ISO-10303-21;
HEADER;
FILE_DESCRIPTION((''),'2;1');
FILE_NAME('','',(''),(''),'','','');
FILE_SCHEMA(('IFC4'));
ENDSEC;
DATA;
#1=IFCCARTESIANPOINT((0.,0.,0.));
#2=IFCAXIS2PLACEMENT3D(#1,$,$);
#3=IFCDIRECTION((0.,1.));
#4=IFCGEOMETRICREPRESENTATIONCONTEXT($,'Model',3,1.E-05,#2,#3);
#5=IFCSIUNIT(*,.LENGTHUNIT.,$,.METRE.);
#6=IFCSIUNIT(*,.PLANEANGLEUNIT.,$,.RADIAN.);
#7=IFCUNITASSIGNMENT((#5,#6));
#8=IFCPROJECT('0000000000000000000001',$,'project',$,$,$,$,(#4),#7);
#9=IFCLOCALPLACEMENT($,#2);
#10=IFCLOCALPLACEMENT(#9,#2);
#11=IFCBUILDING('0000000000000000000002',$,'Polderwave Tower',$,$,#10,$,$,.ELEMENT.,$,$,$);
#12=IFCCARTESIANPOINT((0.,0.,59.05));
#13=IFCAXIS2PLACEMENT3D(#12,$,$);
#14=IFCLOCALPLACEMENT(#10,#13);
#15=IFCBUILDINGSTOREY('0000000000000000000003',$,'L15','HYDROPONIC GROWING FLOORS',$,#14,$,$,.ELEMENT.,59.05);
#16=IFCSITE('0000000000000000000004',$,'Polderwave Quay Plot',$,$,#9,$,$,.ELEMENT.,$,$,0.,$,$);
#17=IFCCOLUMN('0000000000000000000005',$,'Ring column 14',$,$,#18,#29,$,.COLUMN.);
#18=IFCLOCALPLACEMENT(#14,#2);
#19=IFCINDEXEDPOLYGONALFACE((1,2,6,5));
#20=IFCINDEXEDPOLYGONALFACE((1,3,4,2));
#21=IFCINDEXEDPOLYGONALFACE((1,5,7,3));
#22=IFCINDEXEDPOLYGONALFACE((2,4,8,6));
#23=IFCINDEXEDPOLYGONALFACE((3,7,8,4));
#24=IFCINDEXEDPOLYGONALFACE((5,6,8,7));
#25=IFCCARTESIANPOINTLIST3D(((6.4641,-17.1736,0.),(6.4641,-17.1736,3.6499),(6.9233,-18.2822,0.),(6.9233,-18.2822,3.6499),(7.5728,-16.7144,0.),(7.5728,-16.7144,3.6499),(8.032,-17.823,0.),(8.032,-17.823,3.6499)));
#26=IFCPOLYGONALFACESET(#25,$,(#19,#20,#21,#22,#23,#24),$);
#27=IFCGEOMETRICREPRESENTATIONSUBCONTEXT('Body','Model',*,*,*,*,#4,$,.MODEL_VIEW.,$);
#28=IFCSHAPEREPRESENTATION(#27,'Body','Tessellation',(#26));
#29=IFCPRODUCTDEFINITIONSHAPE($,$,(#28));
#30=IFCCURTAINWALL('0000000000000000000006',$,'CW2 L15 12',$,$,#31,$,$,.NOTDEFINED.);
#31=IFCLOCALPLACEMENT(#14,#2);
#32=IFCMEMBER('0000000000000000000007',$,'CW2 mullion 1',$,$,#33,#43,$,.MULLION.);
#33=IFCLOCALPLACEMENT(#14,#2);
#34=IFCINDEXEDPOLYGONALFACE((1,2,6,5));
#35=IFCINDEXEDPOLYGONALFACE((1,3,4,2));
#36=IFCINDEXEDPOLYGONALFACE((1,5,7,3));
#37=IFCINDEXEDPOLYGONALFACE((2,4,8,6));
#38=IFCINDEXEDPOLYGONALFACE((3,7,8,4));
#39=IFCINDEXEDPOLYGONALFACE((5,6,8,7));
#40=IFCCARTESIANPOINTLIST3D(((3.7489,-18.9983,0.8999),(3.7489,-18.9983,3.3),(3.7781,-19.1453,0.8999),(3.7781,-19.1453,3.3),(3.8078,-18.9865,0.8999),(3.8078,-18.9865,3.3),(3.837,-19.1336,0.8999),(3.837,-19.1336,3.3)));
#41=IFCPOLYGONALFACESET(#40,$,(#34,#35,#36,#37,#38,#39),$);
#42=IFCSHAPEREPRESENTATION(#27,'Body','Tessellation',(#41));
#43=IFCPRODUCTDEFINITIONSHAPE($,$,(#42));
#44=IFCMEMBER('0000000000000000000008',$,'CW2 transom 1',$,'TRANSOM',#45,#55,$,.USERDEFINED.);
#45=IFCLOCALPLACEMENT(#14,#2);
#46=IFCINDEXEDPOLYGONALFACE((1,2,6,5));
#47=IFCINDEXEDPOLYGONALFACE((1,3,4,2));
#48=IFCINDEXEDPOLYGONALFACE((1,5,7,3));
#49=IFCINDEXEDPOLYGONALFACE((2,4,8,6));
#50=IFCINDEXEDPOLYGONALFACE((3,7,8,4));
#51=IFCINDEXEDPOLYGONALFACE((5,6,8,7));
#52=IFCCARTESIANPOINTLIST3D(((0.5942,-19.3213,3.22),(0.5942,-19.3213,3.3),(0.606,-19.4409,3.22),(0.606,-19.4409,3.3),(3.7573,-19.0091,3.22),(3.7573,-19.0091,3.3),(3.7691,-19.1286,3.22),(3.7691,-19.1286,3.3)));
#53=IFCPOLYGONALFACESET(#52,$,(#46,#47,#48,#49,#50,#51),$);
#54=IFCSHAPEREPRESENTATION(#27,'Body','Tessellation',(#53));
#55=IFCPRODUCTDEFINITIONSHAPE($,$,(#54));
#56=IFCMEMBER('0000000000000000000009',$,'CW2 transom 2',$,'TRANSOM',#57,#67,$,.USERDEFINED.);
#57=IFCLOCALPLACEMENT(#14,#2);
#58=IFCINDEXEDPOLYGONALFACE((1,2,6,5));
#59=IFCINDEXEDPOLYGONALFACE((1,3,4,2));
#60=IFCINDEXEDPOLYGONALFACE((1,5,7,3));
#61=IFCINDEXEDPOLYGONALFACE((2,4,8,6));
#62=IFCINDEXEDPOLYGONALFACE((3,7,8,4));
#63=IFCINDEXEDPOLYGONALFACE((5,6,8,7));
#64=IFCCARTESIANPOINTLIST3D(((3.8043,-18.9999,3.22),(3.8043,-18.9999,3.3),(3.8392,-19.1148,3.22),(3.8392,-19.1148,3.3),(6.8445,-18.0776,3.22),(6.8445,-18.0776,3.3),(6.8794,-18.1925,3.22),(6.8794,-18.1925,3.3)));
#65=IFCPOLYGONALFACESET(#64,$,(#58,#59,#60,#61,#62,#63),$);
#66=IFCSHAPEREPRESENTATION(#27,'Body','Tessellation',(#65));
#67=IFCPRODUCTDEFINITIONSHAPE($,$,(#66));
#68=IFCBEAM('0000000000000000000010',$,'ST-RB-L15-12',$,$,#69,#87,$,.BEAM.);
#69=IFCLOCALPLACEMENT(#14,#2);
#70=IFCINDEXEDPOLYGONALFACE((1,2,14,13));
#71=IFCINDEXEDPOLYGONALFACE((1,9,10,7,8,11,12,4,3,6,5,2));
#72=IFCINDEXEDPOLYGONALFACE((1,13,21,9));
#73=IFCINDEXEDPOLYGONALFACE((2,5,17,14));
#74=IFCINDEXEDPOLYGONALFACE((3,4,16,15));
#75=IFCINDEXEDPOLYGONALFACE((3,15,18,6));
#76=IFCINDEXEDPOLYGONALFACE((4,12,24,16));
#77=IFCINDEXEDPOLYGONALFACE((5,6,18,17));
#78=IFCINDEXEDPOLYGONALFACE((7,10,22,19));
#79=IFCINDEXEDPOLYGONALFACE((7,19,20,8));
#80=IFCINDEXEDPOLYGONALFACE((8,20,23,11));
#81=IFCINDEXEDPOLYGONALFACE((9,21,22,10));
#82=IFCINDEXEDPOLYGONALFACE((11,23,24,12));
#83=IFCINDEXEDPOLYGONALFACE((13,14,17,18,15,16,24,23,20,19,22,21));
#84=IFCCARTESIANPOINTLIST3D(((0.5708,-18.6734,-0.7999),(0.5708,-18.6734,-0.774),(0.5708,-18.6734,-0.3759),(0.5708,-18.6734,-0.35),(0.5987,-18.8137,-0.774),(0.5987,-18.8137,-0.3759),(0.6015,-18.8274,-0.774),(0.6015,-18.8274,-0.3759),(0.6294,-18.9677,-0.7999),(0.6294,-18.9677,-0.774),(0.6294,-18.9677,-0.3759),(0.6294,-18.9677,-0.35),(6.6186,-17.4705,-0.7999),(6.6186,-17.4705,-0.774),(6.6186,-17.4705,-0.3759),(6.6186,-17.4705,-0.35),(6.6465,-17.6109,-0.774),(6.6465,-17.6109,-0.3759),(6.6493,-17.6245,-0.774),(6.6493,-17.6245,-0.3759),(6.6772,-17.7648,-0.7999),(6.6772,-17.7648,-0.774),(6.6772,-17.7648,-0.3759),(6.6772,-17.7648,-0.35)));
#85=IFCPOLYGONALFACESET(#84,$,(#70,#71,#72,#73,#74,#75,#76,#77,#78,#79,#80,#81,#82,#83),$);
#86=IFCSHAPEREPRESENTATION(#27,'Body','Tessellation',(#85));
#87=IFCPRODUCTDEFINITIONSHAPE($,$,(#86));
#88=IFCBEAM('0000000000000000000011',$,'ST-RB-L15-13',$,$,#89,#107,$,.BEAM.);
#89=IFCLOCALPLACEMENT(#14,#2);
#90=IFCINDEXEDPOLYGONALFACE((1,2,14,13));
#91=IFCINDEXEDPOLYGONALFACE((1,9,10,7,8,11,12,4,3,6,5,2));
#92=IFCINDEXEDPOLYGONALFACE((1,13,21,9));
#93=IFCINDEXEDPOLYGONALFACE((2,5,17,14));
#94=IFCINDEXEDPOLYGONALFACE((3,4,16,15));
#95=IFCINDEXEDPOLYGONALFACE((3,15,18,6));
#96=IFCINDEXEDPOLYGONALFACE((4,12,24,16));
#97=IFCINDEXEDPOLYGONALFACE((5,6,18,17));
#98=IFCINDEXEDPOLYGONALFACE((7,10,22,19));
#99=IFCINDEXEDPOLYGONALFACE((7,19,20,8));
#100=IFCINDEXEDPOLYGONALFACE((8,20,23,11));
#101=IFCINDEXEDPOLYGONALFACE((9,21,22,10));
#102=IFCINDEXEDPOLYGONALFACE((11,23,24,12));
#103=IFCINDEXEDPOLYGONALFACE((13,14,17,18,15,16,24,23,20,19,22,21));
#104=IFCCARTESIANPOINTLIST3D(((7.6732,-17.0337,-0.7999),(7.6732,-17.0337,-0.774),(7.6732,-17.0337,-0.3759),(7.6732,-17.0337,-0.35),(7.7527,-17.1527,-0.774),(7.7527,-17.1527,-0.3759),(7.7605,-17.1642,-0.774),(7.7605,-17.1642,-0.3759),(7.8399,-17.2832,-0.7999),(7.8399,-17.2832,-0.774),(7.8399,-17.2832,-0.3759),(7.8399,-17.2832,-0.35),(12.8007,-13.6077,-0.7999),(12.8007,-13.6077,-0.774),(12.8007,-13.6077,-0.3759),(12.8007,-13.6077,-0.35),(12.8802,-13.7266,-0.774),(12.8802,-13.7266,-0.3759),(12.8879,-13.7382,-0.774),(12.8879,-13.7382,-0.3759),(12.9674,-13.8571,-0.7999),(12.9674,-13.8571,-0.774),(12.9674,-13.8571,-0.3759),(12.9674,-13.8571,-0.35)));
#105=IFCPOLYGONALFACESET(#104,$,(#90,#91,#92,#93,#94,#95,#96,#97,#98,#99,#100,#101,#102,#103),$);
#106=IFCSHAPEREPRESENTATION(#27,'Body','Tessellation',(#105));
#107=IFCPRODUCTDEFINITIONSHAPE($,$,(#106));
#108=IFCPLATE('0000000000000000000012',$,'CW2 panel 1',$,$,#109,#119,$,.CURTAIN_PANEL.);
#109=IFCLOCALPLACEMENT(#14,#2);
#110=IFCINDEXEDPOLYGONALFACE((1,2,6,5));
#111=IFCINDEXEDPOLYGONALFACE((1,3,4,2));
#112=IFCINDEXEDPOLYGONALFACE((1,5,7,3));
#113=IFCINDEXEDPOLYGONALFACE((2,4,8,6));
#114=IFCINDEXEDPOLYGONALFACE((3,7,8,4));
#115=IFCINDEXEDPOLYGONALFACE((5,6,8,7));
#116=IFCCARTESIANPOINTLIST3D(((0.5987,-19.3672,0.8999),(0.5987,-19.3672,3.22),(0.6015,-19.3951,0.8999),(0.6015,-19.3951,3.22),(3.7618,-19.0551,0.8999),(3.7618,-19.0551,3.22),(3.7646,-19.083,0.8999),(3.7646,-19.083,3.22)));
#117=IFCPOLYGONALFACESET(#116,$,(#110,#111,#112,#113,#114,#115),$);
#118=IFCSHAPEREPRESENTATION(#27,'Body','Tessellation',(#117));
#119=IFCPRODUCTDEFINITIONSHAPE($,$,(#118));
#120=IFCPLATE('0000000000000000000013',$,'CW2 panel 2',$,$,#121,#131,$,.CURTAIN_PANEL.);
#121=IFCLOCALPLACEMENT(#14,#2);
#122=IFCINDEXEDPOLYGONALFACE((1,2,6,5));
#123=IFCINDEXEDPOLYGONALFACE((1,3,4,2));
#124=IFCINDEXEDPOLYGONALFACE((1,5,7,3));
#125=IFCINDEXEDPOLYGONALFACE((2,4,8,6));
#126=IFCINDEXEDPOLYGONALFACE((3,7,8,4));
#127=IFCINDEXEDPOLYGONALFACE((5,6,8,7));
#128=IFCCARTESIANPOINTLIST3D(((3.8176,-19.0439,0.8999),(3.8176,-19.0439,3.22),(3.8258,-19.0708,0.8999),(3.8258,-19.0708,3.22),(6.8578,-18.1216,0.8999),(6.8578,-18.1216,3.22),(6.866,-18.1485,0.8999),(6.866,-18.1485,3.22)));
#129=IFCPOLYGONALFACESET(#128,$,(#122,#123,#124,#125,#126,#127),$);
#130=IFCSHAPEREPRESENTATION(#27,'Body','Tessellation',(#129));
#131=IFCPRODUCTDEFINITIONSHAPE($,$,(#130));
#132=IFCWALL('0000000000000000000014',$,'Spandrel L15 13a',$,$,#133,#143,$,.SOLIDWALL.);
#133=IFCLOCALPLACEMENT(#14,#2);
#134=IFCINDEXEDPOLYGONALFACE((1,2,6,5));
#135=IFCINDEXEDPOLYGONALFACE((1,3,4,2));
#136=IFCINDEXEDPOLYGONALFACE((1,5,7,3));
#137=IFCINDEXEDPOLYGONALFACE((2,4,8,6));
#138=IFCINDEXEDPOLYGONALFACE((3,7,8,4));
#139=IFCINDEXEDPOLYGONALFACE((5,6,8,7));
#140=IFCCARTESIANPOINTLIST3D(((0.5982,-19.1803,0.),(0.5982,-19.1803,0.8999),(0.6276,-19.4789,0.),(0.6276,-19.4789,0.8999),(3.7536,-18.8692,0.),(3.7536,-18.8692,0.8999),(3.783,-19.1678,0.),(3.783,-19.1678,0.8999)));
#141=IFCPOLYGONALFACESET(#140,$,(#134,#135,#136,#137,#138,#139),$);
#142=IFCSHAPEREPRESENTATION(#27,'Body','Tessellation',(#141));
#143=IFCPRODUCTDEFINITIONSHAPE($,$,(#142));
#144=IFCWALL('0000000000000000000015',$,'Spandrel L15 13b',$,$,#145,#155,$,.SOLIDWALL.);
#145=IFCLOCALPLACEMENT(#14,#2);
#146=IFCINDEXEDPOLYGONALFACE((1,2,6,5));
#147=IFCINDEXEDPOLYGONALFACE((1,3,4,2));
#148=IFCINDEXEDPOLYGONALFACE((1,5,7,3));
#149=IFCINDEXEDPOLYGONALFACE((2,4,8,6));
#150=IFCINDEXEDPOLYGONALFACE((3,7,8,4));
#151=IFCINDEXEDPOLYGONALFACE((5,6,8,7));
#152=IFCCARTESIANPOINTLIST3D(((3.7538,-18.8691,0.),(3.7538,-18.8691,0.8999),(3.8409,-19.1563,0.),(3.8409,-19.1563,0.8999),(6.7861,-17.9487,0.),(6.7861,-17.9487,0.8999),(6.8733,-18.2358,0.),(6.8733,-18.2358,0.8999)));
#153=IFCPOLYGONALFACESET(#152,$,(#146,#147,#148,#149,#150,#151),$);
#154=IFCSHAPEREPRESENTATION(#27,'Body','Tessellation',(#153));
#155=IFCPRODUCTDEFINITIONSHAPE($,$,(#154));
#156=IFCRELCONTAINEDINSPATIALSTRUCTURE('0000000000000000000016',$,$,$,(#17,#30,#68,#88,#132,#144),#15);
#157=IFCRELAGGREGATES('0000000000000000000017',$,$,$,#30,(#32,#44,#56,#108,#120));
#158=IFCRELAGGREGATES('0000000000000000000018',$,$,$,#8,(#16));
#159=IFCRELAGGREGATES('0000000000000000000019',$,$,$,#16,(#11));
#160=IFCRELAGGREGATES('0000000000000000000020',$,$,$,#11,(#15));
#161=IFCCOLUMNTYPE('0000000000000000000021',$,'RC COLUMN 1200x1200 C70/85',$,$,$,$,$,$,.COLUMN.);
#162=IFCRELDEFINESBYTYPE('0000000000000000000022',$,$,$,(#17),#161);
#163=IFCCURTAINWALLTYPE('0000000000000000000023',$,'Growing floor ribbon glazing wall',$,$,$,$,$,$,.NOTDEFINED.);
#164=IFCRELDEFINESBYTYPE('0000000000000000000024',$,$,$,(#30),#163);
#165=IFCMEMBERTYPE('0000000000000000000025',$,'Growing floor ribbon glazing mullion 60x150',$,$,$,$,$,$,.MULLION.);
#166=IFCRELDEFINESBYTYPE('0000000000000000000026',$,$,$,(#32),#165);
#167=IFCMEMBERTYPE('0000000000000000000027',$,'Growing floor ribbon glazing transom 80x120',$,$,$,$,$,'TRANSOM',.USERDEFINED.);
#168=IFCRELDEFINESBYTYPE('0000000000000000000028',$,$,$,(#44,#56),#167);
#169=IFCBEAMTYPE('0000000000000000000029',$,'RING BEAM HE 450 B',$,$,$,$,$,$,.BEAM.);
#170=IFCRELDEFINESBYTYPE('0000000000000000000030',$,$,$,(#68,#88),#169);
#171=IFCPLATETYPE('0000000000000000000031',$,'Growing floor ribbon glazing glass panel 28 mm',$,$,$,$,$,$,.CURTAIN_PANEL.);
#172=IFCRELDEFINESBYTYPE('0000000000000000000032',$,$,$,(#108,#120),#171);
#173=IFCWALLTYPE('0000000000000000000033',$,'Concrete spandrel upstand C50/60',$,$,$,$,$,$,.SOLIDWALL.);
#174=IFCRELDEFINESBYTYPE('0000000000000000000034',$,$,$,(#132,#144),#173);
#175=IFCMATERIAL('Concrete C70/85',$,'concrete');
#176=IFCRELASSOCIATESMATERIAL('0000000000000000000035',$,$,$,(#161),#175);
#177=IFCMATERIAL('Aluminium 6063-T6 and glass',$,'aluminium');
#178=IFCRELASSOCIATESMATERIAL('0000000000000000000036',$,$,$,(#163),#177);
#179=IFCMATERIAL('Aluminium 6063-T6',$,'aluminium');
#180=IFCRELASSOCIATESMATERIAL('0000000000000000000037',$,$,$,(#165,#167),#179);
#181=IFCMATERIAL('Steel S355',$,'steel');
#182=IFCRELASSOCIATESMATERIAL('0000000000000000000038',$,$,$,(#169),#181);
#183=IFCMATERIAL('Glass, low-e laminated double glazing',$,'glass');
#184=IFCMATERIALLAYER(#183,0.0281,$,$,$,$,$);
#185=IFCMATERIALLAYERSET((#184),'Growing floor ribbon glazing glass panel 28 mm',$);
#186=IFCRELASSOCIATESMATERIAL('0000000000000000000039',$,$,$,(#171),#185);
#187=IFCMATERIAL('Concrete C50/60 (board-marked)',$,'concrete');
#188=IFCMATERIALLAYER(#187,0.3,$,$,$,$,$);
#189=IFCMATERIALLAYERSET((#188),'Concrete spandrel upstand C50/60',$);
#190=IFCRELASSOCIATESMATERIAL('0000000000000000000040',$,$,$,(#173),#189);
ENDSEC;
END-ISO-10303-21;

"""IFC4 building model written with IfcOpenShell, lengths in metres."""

from ifc_helpers import new_model, si_unit, direction, frame, frame_2d, origin, origin_2d, place, context, subcontext, project, spatial, rectangle, i_section, extrude, material, layer, layer_set, material_profile, profile_set, type_object, element, aggregate, save


model = new_model("IFC4")

# Units and contexts
model_context = context("Model", 3, precision=1e-05, world=origin(), true_north=direction((0.0, 1.0)))
body_context = subcontext(model_context, "Body", "Model", "MODEL_VIEW")
ifc_project = project(units=[si_unit("LENGTHUNIT", "METRE"), si_unit("PLANEANGLEUNIT", "RADIAN")], contexts=[model_context])

# Site, building, storey
site_placement = place(None, origin())
site = spatial("IfcSite", under=ifc_project, at=site_placement, Name="Polderwave Quay Plot", CompositionType="ELEMENT", RefElevation=0.0)
building_placement = place(site_placement, origin())
building = spatial("IfcBuilding", under=site, at=building_placement, Name="Polderwave Tower", CompositionType="ELEMENT")
storey_placement = place(building_placement, frame((0.0, 0.0, 59.05)))
storey = spatial("IfcBuildingStorey", under=building, at=storey_placement, Name="L15", Description="HYDROPONIC GROWING FLOORS", CompositionType="ELEMENT", Elevation=59.05)

# Column
ifc_material_1 = material(Name="Concrete C70/85", Category="concrete")
ifc_material_profile_1 = material_profile(ifc_material_1, rectangle(XDim=1.2, YDim=1.2, at=origin_2d()), Name="RC 1200x1200")
ifc_profile_set_1 = profile_set([ifc_material_profile_1], Name="Concrete C70/85")
column_type = type_object("IfcColumnType", Name="RC COLUMN 1200x1200 C70/85", PredefinedType="COLUMN", material=ifc_profile_set_1)
column_placement = place(storey_placement, frame((7.248, -17.4983, 0.0), z_axis=(0.0, 0.0, 1.0), x_axis=(0.382683, -0.92388, 0.0)))
element("IfcColumn", 1, at=column_placement, inside=storey, type_object=column_type, Name="Ring column 14", PredefinedType="COLUMN", context=body_context, shape_type="SweptSolid", body=[
    extrude(rectangle(XDim=1.2, YDim=1.2, at=origin_2d()), origin(), (0.0, 0.0, 1.0), 3.6499),
])

# Curtain wall, members
ifc_material_2 = material(Name="Aluminium 6063-T6 and glass", Category="aluminium")
curtain_wall_type = type_object("IfcCurtainWallType", Name="Growing floor ribbon glazing wall", PredefinedType="NOTDEFINED", material=ifc_material_2)
curtain_wall_placement = place(storey_placement, origin())
curtain_wall = element("IfcCurtainWall", 2, at=curtain_wall_placement, inside=storey, type_object=curtain_wall_type, Name="CW2 L15 12", PredefinedType="NOTDEFINED")
ifc_material_3 = material(Name="Aluminium 6063-T6", Category="aluminium")
ifc_material_profile_2 = material_profile(ifc_material_3, rectangle(XDim=0.1499, YDim=0.0601, at=origin_2d()), Name="AL 60x150")
ifc_profile_set_2 = profile_set([ifc_material_profile_2], Name="Aluminium 6063-T6")
member_type_1 = type_object("IfcMemberType", Name="Growing floor ribbon glazing mullion 60x150", PredefinedType="MULLION", material=ifc_profile_set_2)
member_1_placement = place(storey_placement, frame((3.793, -19.0659, 0.8999), z_axis=(0.0, 0.0, 1.0), x_axis=(-0.195172, 0.980769, 0.0)))
member_1 = element("IfcMember", 3, at=member_1_placement, type_object=member_type_1, Name="CW2 mullion 1", PredefinedType="MULLION", context=body_context, shape_type="SweptSolid", body=[
    extrude(rectangle(XDim=0.1499, YDim=0.0601, at=origin_2d()), origin(), (0.0, 0.0, 1.0), 2.4001),
])
ifc_material_profile_3 = material_profile(ifc_material_3, rectangle(XDim=0.1201, YDim=0.0801, at=origin_2d()), Name="AL 80x120")
ifc_profile_set_3 = profile_set([ifc_material_profile_3], Name="Aluminium 6063-T6")
member_type_2 = type_object("IfcMemberType", Name="Growing floor ribbon glazing transom 80x120", ElementType="TRANSOM", PredefinedType="USERDEFINED", material=ifc_profile_set_3)
member_2_placement = place(storey_placement, frame((0.6001, -19.3811, 3.26), z_axis=(0.995163, 0.098241, 0.0), x_axis=(-0.098241, 0.995163, 0.0)))
member_2 = element("IfcMember", 4, at=member_2_placement, type_object=member_type_2, Name="CW2 transom 1", ObjectType="TRANSOM", PredefinedType="USERDEFINED", context=body_context, shape_type="SweptSolid", body=[
    extrude(rectangle(XDim=0.1201, YDim=0.0801, at=origin_2d()), origin(), (0.0, 0.0, 1.0), 3.1785),
])
member_3_placement = place(storey_placement, frame((3.8218, -19.0574, 3.26), z_axis=(0.956931, 0.290314, 0.0), x_axis=(-0.290314, 0.956931, 0.0)))
member_3 = element("IfcMember", 5, at=member_3_placement, type_object=member_type_2, Name="CW2 transom 2", ObjectType="TRANSOM", PredefinedType="USERDEFINED", context=body_context, shape_type="SweptSolid", body=[
    extrude(rectangle(XDim=0.1201, YDim=0.0801, at=origin_2d()), origin(), (0.0, 0.0, 1.0), 3.177),
])

# Beams
ifc_material_4 = material(Name="Steel S355", Category="steel")
ifc_material_profile_4 = material_profile(ifc_material_4, i_section(OverallWidth=0.3, OverallDepth=0.45, WebThickness=0.0139, FlangeThickness=0.0259, at=origin_2d()), Name="HE 450 B")
ifc_profile_set_4 = profile_set([ifc_material_profile_4], Name="Steel S355")
beam_type = type_object("IfcBeamType", Name="RING BEAM HE 450 B", PredefinedType="BEAM", material=ifc_profile_set_4)
beam_1_placement = place(storey_placement, frame((0.6001, -18.8206, -0.575), z_axis=(0.980789, 0.195073, 0.0), x_axis=(-0.195073, 0.980789, 0.0)))
element("IfcBeam", 6, at=beam_1_placement, inside=storey, type_object=beam_type, Name="ST-RB-L15-12", PredefinedType="BEAM", context=body_context, shape_type="SweptSolid", body=[
    extrude(i_section(OverallWidth=0.3, OverallDepth=0.45, WebThickness=0.0139, FlangeThickness=0.0259, at=origin_2d()), origin(), (0.0, 0.0, 1.0), 6.1663),
])
beam_2_placement = place(storey_placement, frame((7.7566, -17.1584, -0.575), z_axis=(0.831471, 0.555568, 0.0), x_axis=(-0.555568, 0.831471, 0.0)))
element("IfcBeam", 7, at=beam_2_placement, inside=storey, type_object=beam_type, Name="ST-RB-L15-13", PredefinedType="BEAM", context=body_context, shape_type="SweptSolid", body=[
    extrude(i_section(OverallWidth=0.3, OverallDepth=0.45, WebThickness=0.0139, FlangeThickness=0.0259, at=origin_2d()), origin(), (0.0, 0.0, 1.0), 6.1667),
])

# Plates
ifc_material_5 = material(Name="Glass, low-e laminated double glazing", Category="glass")
ifc_layer_1 = layer(ifc_material_5, 0.0281)
ifc_layer_set_1 = layer_set([ifc_layer_1], Name="Growing floor ribbon glazing glass panel 28 mm")
plate_type = type_object("IfcPlateType", Name="Growing floor ribbon glazing glass panel 28 mm", PredefinedType="CURTAIN_PANEL", material=ifc_layer_set_1)
plate_1_placement = place(storey_placement, frame((2.1816, -19.2251, 0.8999), z_axis=(0.0, 0.0, 1.0), x_axis=(0.995169, 0.098177, 0.0)))
plate_1 = element("IfcPlate", 8, at=plate_1_placement, type_object=plate_type, Name="CW2 panel 1", PredefinedType="CURTAIN_PANEL", context=body_context, shape_type="SweptSolid", body=[
    extrude(rectangle(XDim=3.1785, YDim=0.0281, at=origin_2d()), origin(), (0.0, 0.0, 1.0), 2.3201),
])
plate_2_placement = place(storey_placement, frame((5.3418, -18.5962, 0.8999), z_axis=(0.0, 0.0, 1.0), x_axis=(0.956938, 0.290293, 0.0)))
plate_2 = element("IfcPlate", 9, at=plate_2_placement, type_object=plate_type, Name="CW2 panel 2", PredefinedType="CURTAIN_PANEL", context=body_context, shape_type="SweptSolid", body=[
    extrude(rectangle(XDim=3.177, YDim=0.0281, at=origin_2d()), origin(), (0.0, 0.0, 1.0), 2.3201),
])
aggregate(curtain_wall, [member_1, member_2, member_3, plate_1, plate_2])

# Walls
ifc_material_6 = material(Name="Concrete C50/60 (board-marked)", Category="concrete")
ifc_layer_2 = layer(ifc_material_6, 0.3)
ifc_layer_set_2 = layer_set([ifc_layer_2], Name="Concrete spandrel upstand C50/60")
wall_type_1 = type_object("IfcWallType", Name="Concrete spandrel upstand C50/60", PredefinedType="SOLIDWALL", material=ifc_layer_set_2)
wall_1_placement = place(storey_placement, frame((0.6128, -19.3296, 0.0), z_axis=(0.0, 0.0, 1.0), x_axis=(0.995176, 0.098101, 0.0)))
element("IfcWall", 10, at=wall_1_placement, inside=storey, type_object=wall_type_1, Name="Spandrel L15 13a", PredefinedType="SOLIDWALL", context=body_context, shape_type="SweptSolid", body=[
    extrude(rectangle(XDim=3.1707, YDim=0.3, at=frame_2d((1.5854, 0.0))), origin(), (0.0, 0.0, 1.0), 0.8999),
])
wall_2_placement = place(storey_placement, frame((3.7974, -19.0127, 0.0), z_axis=(0.0, 0.0, 1.0), x_axis=(0.956888, 0.290456, 0.0)))
element("IfcWall", 11, at=wall_2_placement, inside=storey, type_object=wall_type_1, Name="Spandrel L15 13b", PredefinedType="SOLIDWALL", context=body_context, shape_type="SweptSolid", body=[
    extrude(rectangle(XDim=3.1689, YDim=0.3, at=frame_2d((1.5845, 0.0))), origin(), (0.0, 0.0, 1.0), 0.8999),
])

save(model, "model.ifc")
